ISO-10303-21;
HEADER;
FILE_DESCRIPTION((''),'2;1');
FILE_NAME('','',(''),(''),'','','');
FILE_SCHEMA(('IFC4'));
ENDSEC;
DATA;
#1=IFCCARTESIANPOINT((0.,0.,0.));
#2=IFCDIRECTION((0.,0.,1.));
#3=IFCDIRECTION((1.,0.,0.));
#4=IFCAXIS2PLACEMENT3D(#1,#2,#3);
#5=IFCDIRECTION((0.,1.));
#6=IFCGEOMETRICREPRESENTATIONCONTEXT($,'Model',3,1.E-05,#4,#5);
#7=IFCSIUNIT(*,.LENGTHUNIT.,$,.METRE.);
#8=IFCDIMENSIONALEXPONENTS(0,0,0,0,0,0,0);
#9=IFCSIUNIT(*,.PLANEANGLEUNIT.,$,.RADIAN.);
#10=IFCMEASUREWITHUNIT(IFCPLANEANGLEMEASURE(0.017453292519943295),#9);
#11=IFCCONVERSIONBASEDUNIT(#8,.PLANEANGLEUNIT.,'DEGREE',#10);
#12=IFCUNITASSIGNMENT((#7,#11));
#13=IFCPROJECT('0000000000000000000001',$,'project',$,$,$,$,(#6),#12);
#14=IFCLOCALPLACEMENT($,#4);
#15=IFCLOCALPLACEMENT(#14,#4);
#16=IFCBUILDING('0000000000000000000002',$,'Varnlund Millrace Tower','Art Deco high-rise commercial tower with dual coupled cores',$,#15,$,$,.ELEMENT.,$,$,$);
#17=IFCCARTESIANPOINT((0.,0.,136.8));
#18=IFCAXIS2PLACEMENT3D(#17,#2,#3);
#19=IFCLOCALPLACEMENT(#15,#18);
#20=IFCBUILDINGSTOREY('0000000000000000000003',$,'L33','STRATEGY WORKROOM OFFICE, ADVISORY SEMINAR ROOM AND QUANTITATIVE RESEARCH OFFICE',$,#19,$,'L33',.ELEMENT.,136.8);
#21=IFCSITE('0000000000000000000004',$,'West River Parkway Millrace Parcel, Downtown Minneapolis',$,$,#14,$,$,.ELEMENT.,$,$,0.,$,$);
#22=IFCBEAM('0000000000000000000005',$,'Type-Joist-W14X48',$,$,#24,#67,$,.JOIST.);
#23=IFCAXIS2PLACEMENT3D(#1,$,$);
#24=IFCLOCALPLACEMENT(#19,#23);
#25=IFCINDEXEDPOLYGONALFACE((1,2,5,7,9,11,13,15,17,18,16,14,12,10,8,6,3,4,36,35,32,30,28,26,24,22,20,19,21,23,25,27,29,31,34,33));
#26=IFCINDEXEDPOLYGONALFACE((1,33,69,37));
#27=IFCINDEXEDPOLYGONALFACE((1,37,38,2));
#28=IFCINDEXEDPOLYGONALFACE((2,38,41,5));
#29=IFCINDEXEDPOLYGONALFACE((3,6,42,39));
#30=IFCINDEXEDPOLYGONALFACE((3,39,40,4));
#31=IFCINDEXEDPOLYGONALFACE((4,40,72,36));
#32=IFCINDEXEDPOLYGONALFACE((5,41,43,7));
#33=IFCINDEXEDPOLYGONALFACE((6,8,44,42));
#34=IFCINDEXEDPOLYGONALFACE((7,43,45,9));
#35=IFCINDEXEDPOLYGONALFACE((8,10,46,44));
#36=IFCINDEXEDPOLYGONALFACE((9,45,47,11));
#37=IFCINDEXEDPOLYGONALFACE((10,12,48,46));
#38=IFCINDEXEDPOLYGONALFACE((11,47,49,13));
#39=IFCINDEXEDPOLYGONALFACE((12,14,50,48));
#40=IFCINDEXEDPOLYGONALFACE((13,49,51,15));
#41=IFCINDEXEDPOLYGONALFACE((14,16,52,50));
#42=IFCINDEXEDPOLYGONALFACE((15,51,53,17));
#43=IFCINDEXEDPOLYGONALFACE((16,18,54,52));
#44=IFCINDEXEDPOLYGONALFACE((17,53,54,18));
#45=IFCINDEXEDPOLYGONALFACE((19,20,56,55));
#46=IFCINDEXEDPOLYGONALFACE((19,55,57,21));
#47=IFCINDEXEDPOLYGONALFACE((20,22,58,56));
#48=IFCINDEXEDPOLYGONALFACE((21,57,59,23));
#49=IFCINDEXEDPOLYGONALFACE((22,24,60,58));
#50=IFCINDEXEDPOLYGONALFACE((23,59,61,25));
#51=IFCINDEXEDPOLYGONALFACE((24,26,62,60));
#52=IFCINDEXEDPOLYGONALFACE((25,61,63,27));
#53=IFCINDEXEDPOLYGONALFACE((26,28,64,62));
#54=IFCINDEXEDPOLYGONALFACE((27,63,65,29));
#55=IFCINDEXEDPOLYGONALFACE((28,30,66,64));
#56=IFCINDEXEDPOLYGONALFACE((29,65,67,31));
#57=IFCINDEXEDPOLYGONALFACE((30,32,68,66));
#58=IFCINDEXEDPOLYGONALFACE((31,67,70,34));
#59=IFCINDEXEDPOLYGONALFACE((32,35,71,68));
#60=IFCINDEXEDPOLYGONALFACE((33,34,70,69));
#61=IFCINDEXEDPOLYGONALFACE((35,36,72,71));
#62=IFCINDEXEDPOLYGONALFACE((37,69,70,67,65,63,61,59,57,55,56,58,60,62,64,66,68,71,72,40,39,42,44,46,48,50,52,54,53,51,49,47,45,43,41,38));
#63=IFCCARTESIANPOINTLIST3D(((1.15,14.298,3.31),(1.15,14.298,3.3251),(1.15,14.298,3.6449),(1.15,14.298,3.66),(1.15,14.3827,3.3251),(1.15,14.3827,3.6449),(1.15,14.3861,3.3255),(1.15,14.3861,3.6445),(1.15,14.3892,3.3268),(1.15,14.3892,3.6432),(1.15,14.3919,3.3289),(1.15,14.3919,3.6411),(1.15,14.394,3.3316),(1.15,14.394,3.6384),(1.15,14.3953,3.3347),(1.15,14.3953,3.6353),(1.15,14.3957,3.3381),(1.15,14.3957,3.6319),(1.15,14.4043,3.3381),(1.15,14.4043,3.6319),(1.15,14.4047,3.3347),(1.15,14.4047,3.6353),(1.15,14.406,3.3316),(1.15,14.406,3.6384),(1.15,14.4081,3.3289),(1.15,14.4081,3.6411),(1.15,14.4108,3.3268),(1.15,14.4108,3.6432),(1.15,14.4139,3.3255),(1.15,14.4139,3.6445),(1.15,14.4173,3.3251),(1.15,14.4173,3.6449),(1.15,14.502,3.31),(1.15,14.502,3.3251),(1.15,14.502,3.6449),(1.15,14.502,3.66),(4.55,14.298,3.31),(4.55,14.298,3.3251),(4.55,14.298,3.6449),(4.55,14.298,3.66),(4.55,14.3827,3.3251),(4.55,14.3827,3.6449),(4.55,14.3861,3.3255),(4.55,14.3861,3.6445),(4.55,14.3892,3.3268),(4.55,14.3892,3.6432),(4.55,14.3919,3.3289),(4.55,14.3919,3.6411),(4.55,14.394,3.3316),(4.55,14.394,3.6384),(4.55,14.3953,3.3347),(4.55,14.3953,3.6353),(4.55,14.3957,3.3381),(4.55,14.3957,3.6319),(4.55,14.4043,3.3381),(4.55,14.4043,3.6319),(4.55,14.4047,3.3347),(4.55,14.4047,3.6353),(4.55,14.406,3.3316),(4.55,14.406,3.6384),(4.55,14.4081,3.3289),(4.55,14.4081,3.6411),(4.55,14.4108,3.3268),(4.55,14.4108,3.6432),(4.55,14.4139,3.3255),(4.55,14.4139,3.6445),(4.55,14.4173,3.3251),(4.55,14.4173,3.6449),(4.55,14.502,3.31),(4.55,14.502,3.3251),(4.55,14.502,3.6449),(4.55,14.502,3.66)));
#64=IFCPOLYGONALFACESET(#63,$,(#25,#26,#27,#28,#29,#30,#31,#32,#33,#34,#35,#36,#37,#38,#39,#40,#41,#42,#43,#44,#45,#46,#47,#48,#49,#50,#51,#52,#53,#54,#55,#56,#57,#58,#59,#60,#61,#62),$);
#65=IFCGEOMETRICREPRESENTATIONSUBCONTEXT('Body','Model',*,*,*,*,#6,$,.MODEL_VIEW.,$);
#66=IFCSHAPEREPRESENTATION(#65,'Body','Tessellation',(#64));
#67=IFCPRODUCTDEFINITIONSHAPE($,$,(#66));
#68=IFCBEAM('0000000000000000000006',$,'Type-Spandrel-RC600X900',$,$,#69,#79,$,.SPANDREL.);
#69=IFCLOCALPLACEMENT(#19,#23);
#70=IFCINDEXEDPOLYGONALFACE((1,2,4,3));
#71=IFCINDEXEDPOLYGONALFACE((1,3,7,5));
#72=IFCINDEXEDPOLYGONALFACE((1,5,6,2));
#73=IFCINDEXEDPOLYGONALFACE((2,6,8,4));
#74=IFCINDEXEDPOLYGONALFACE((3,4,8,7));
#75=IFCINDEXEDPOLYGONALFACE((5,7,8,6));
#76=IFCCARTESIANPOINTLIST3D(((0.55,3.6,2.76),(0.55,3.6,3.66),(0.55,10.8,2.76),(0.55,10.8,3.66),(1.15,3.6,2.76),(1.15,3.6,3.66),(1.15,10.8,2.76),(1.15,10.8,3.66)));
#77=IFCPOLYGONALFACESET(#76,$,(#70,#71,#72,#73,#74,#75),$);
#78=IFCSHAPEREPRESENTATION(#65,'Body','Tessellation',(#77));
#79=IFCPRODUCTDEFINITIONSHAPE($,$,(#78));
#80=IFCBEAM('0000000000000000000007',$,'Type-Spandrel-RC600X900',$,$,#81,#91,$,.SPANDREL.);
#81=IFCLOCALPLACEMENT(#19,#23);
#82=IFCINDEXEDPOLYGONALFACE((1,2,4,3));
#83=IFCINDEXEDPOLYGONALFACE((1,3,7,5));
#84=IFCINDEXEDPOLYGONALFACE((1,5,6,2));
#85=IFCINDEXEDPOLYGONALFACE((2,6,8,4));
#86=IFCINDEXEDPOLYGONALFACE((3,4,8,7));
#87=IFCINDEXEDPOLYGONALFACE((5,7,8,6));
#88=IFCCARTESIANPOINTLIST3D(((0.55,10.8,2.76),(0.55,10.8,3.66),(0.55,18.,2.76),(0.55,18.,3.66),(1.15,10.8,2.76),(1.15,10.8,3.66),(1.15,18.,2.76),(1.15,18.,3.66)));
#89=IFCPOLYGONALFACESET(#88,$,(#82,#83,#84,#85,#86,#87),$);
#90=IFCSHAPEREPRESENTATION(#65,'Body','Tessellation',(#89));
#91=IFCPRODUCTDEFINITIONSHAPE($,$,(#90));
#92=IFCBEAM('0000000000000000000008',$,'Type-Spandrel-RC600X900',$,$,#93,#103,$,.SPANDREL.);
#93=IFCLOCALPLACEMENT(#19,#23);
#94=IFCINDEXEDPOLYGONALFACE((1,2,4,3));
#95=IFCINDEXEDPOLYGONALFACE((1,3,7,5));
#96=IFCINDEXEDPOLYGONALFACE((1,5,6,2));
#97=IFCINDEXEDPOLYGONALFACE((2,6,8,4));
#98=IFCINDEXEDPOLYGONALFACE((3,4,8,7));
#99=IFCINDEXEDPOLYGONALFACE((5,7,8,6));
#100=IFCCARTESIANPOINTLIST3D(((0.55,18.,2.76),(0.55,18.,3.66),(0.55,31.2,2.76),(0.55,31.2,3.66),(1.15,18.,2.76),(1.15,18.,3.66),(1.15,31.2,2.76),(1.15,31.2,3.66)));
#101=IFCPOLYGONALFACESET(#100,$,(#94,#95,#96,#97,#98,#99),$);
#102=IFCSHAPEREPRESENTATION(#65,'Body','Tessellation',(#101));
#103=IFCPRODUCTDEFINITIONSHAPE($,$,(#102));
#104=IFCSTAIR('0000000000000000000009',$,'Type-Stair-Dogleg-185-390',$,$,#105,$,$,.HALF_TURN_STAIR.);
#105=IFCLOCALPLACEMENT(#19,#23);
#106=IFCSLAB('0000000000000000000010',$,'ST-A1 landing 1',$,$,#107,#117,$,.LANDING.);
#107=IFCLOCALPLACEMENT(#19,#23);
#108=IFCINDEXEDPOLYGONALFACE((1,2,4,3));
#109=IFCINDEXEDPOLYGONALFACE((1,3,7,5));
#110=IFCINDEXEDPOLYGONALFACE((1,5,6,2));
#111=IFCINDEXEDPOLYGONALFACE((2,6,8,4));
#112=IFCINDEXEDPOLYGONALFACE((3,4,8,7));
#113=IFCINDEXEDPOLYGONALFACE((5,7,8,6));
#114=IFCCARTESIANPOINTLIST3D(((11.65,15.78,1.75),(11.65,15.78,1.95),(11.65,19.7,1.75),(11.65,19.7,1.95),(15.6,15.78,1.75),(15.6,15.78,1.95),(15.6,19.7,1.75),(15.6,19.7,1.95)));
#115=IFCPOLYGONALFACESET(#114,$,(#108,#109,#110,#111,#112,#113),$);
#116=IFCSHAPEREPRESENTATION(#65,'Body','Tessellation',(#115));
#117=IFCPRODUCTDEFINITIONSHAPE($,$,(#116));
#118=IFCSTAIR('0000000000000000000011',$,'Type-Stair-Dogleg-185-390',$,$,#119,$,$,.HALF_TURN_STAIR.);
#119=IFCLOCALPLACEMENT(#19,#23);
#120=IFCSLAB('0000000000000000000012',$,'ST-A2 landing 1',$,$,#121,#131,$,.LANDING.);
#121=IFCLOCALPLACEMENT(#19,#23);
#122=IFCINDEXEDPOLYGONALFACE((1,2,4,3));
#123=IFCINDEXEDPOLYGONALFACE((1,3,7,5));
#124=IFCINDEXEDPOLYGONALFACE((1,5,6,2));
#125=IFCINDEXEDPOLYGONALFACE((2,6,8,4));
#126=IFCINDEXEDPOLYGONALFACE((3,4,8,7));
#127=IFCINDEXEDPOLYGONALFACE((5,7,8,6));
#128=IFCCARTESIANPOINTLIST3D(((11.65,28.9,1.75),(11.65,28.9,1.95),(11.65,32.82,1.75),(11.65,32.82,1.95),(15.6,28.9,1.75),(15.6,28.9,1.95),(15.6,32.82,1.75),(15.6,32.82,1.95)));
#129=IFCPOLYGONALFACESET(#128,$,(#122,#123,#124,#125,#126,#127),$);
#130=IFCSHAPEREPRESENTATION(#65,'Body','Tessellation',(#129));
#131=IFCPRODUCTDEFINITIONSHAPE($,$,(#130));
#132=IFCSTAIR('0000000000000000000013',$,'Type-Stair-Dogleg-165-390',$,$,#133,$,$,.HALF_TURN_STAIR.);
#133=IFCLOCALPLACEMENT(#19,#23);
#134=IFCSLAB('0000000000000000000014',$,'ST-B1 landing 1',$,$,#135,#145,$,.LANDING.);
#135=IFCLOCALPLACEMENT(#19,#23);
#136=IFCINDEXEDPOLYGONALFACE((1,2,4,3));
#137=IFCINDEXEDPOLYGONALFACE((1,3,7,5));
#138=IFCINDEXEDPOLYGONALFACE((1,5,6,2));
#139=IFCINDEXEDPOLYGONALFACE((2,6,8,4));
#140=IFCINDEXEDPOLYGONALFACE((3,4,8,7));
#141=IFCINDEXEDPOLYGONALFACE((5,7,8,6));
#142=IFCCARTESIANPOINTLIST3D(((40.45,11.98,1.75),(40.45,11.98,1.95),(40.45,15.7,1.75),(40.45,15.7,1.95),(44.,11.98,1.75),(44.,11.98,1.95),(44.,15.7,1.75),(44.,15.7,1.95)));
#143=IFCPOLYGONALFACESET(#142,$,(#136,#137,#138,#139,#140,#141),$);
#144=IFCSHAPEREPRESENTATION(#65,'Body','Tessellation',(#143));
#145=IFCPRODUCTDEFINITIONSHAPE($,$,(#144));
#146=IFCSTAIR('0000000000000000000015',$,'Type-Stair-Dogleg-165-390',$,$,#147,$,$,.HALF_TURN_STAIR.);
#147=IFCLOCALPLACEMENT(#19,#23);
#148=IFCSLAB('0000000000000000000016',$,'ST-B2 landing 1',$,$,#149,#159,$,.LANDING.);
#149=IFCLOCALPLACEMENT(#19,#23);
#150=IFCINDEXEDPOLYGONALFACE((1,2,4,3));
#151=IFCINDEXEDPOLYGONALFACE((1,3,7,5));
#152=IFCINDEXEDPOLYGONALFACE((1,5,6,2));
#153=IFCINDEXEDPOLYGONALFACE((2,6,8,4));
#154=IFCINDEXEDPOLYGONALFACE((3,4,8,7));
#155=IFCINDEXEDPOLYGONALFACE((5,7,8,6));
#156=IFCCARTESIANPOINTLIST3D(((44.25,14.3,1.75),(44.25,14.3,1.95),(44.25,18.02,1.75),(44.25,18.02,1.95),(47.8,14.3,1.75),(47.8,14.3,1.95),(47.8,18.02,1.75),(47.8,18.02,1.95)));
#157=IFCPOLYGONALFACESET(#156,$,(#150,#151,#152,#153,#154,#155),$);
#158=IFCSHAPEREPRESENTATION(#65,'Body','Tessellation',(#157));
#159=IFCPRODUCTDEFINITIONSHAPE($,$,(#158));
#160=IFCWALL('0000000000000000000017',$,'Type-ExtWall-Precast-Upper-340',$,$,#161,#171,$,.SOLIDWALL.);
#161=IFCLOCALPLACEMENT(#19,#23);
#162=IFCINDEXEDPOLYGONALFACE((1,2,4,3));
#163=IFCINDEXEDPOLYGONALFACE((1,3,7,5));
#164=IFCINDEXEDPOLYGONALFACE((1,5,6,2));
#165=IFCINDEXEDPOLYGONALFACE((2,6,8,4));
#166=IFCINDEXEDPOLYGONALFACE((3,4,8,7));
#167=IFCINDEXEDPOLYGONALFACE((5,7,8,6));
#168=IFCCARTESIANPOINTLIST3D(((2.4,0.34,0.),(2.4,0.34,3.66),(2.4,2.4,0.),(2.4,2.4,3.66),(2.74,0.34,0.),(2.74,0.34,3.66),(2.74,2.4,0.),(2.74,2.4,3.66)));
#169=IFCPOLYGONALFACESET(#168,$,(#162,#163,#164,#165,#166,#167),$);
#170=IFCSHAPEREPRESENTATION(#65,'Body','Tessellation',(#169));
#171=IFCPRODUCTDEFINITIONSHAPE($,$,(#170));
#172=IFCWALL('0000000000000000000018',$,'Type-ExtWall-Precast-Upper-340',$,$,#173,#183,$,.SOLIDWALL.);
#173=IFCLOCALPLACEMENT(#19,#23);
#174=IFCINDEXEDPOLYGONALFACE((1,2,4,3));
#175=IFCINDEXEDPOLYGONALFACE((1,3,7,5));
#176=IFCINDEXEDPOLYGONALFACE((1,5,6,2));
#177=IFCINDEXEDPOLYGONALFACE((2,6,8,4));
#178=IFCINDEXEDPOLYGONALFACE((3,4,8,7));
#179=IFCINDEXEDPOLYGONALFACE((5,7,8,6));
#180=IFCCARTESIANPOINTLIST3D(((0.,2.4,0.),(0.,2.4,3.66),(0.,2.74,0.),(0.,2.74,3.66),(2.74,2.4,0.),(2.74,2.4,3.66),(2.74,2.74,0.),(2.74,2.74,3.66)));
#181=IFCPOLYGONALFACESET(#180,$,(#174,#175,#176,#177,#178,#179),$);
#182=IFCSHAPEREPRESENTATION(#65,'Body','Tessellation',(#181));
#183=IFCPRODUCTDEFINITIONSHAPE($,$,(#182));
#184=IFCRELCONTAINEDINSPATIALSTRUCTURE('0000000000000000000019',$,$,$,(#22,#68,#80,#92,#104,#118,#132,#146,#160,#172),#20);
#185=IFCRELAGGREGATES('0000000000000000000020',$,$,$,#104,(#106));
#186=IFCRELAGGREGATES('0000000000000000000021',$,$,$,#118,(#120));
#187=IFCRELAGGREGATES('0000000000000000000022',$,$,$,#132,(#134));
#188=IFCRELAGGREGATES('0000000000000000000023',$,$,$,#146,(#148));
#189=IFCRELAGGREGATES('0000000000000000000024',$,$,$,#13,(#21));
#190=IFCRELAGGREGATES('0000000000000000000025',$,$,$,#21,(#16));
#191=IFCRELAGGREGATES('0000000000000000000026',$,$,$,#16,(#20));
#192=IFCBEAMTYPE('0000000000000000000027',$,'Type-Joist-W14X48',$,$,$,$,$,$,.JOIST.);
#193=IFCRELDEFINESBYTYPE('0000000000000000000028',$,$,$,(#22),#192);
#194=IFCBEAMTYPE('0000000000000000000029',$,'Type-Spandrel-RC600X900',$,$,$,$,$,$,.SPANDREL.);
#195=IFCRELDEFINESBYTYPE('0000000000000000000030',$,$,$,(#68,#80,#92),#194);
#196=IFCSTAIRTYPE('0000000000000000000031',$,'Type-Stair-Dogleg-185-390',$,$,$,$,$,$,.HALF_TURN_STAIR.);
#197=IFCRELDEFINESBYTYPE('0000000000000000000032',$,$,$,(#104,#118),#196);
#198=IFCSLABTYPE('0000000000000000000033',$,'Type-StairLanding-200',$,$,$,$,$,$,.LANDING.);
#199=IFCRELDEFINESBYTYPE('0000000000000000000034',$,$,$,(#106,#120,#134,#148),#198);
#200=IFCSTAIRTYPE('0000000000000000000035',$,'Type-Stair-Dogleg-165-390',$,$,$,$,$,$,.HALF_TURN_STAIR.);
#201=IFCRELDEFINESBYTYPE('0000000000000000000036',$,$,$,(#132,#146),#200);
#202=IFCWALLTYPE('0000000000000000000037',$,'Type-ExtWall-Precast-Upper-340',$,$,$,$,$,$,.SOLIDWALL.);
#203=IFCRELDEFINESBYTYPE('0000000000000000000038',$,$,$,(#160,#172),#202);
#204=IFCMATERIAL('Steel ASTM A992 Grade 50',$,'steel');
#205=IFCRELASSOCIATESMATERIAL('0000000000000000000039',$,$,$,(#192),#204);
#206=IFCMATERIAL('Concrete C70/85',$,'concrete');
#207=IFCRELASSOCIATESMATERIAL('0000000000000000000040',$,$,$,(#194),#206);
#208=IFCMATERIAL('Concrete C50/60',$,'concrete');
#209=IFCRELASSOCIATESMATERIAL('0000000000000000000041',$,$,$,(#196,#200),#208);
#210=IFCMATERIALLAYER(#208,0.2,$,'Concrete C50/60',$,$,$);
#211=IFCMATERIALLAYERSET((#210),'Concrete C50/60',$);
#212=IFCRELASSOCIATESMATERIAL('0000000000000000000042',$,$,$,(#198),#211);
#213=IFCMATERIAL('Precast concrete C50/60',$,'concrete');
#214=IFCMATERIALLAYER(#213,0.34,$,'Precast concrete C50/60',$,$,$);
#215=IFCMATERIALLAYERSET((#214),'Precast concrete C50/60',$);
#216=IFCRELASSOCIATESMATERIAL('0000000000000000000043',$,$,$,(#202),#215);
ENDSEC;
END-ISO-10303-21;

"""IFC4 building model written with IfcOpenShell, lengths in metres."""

from ifc_helpers import new_model, entity, si_unit, converted_unit, direction, frame, origin_with_axes, origin_2d_with_axis, place, context, subcontext, project, spatial, polyline, rectangle, i_section, outline, extrude, material, layer, layer_set, material_profile, profile_set, type_object, element, aggregate, save


model = new_model("IFC4")

# Units and contexts
model_context = context("Model", 3, precision=1e-05, world=origin_with_axes(), true_north=direction((0.0, 1.0)))
body_context = subcontext(model_context, "Body", "Model", "MODEL_VIEW")
ifc_project = project(units=[si_unit("LENGTHUNIT", "METRE"), converted_unit("PLANEANGLEUNIT", "DEGREE", entity("IfcPlaneAngleMeasure", 0.017453292519943295), si_unit("PLANEANGLEUNIT", "RADIAN"), dimensions=[0, 0, 0, 0, 0, 0, 0])], contexts=[model_context])

# Site, building, storey
site_placement = place(None, origin_with_axes())
site = spatial("IfcSite", under=ifc_project, at=site_placement, Name="West River Parkway Millrace Parcel, Downtown Minneapolis", CompositionType="ELEMENT", RefElevation=0.0)
building_placement = place(site_placement, origin_with_axes())
building = spatial("IfcBuilding", under=site, at=building_placement, Name="Varnlund Millrace Tower", Description="Art Deco high-rise commercial tower with dual coupled cores", CompositionType="ELEMENT")
storey_placement = place(building_placement, frame((0.0, 0.0, 136.8), z_axis=(0.0, 0.0, 1.0), x_axis=(1.0, 0.0, 0.0)))
storey = spatial("IfcBuildingStorey", under=building, at=storey_placement, Name="L33", Description="STRATEGY WORKROOM OFFICE, ADVISORY SEMINAR ROOM AND QUANTITATIVE RESEARCH OFFICE", LongName="L33", CompositionType="ELEMENT", Elevation=136.8)

# Beams
ifc_material_1 = material(Name="Steel ASTM A992 Grade 50", Category="steel")
ifc_material_profile_1 = material_profile(ifc_material_1, i_section(OverallWidth=0.204, OverallDepth=0.35, WebThickness=0.0086, FlangeThickness=0.0151, FilletRadius=0.013, at=origin_2d_with_axis()), Name="Steel ASTM A992 Grade 50")
ifc_profile_set_1 = profile_set([ifc_material_profile_1], Name="Steel ASTM A992 Grade 50")
beam_type_1 = type_object("IfcBeamType", Name="Type-Joist-W14X48", PredefinedType="JOIST", material=ifc_profile_set_1)
for number, where, z_axis, x_axis, name in (
    (1, (1.15, 14.4, 3.485), (1.0, 0.0, 0.0), (0.0, 1.0, 0.0), "Type-Joist-W14X48"),
):
    element("IfcBeam", number, at=place(storey_placement, frame(where, z_axis=z_axis, x_axis=x_axis)), inside=storey, type_object=beam_type_1, Name=name, PredefinedType="JOIST", context=body_context, shape_type="SweptSolid", body=[
        extrude(i_section(OverallWidth=0.204, OverallDepth=0.35, WebThickness=0.0086, FlangeThickness=0.0151, FilletRadius=0.013, at=origin_2d_with_axis()), origin_with_axes(), (0.0, 0.0, 1.0), 3.4),
    ])
ifc_material_2 = material(Name="Concrete C70/85", Category="concrete")
ifc_material_profile_2 = material_profile(ifc_material_2, rectangle(XDim=0.6, YDim=0.9, at=origin_2d_with_axis()), Name="Concrete C70/85")
ifc_profile_set_2 = profile_set([ifc_material_profile_2], Name="Concrete C70/85")
beam_type_2 = type_object("IfcBeamType", Name="Type-Spandrel-RC600X900", PredefinedType="SPANDREL", material=ifc_profile_set_2)
for number, where, z_axis, x_axis, name in (
    (2, (0.85, 3.6, 3.21), (0.0, 1.0, 0.0), (-1.0, 0.0, 0.0), "Type-Spandrel-RC600X900"),
    (3, (0.85, 10.8, 3.21), (0.0, 1.0, 0.0), (-1.0, 0.0, 0.0), "Type-Spandrel-RC600X900"),
):
    element("IfcBeam", number, at=place(storey_placement, frame(where, z_axis=z_axis, x_axis=x_axis)), inside=storey, type_object=beam_type_2, Name=name, PredefinedType="SPANDREL", context=body_context, shape_type="SweptSolid", body=[
        extrude(rectangle(XDim=0.6, YDim=0.9, at=origin_2d_with_axis()), origin_with_axes(), (0.0, 0.0, 1.0), 7.2),
    ])
beam_1_placement = place(storey_placement, frame((0.85, 18.0, 3.21), z_axis=(0.0, 1.0, 0.0), x_axis=(-1.0, 0.0, 0.0)))
element("IfcBeam", 4, at=beam_1_placement, inside=storey, type_object=beam_type_2, Name="Type-Spandrel-RC600X900", PredefinedType="SPANDREL", context=body_context, shape_type="SweptSolid", body=[
    extrude(rectangle(XDim=0.6, YDim=0.9, at=origin_2d_with_axis()), origin_with_axes(), (0.0, 0.0, 1.0), 13.2),
])

# Stairs, slabs
ifc_material_3 = material(Name="Concrete C50/60", Category="concrete")
stair_type_1 = type_object("IfcStairType", Name="Type-Stair-Dogleg-185-390", PredefinedType="HALF_TURN_STAIR", material=ifc_material_3)
stair_1_placement = place(storey_placement, origin_with_axes())
stair_1 = element("IfcStair", 5, at=stair_1_placement, inside=storey, type_object=stair_type_1, Name="Type-Stair-Dogleg-185-390", PredefinedType="HALF_TURN_STAIR")
ifc_layer_1 = layer(ifc_material_3, 0.2, Name="Concrete C50/60")
ifc_layer_set_1 = layer_set([ifc_layer_1], Name="Concrete C50/60")
slab_type = type_object("IfcSlabType", Name="Type-StairLanding-200", PredefinedType="LANDING", material=ifc_layer_set_1)
slab_1_placement = place(storey_placement, frame((0.0, 0.0, 1.75), z_axis=(0.0, 0.0, 1.0), x_axis=(1.0, 0.0, 0.0)))
slab_1 = element("IfcSlab", 6, at=slab_1_placement, type_object=slab_type, Name="ST-A1 landing 1", PredefinedType="LANDING", context=body_context, shape_type="SweptSolid", body=[
    extrude(outline(polyline([(15.6, 15.78), (15.6, 19.7), (11.65, 19.7), (11.65, 15.78), (15.6, 15.78)])), origin_with_axes(), (0.0, 0.0, 1.0), 0.2),
])
aggregate(stair_1, [slab_1])
stair_2_placement = place(storey_placement, origin_with_axes())
stair_2 = element("IfcStair", 7, at=stair_2_placement, inside=storey, type_object=stair_type_1, Name="Type-Stair-Dogleg-185-390", PredefinedType="HALF_TURN_STAIR")
slab_2_placement = place(storey_placement, frame((0.0, 0.0, 1.75), z_axis=(0.0, 0.0, 1.0), x_axis=(1.0, 0.0, 0.0)))
slab_2 = element("IfcSlab", 8, at=slab_2_placement, type_object=slab_type, Name="ST-A2 landing 1", PredefinedType="LANDING", context=body_context, shape_type="SweptSolid", body=[
    extrude(outline(polyline([(11.65, 32.82), (11.65, 28.9), (15.6, 28.9), (15.6, 32.82), (11.65, 32.82)])), origin_with_axes(), (0.0, 0.0, 1.0), 0.2),
])
aggregate(stair_2, [slab_2])
stair_type_2 = type_object("IfcStairType", Name="Type-Stair-Dogleg-165-390", PredefinedType="HALF_TURN_STAIR", material=ifc_material_3)
stair_3_placement = place(storey_placement, origin_with_axes())
stair_3 = element("IfcStair", 9, at=stair_3_placement, inside=storey, type_object=stair_type_2, Name="Type-Stair-Dogleg-165-390", PredefinedType="HALF_TURN_STAIR")
slab_3_placement = place(storey_placement, frame((0.0, 0.0, 1.75), z_axis=(0.0, 0.0, 1.0), x_axis=(1.0, 0.0, 0.0)))
slab_3 = element("IfcSlab", 10, at=slab_3_placement, type_object=slab_type, Name="ST-B1 landing 1", PredefinedType="LANDING", context=body_context, shape_type="SweptSolid", body=[
    extrude(outline(polyline([(44.0, 11.98), (44.0, 15.7), (40.45, 15.7), (40.45, 11.98), (44.0, 11.98)])), origin_with_axes(), (0.0, 0.0, 1.0), 0.2),
])
aggregate(stair_3, [slab_3])
stair_4_placement = place(storey_placement, origin_with_axes())
stair_4 = element("IfcStair", 11, at=stair_4_placement, inside=storey, type_object=stair_type_2, Name="Type-Stair-Dogleg-165-390", PredefinedType="HALF_TURN_STAIR")
slab_4_placement = place(storey_placement, frame((0.0, 0.0, 1.75), z_axis=(0.0, 0.0, 1.0), x_axis=(1.0, 0.0, 0.0)))
slab_4 = element("IfcSlab", 12, at=slab_4_placement, type_object=slab_type, Name="ST-B2 landing 1", PredefinedType="LANDING", context=body_context, shape_type="SweptSolid", body=[
    extrude(outline(polyline([(44.25, 18.02), (44.25, 14.3), (47.8, 14.3), (47.8, 18.02), (44.25, 18.02)])), origin_with_axes(), (0.0, 0.0, 1.0), 0.2),
])
aggregate(stair_4, [slab_4])

# Walls
ifc_material_4 = material(Name="Precast concrete C50/60", Category="concrete")
ifc_layer_2 = layer(ifc_material_4, 0.34, Name="Precast concrete C50/60")
ifc_layer_set_2 = layer_set([ifc_layer_2], Name="Precast concrete C50/60")
wall_type = type_object("IfcWallType", Name="Type-ExtWall-Precast-Upper-340", PredefinedType="SOLIDWALL", material=ifc_layer_set_2)
wall_1_placement = place(storey_placement, frame((2.57, 0.34, 0.0), z_axis=(0.0, 0.0, 1.0), x_axis=(0.0, 1.0, 0.0)))
element("IfcWall", 13, at=wall_1_placement, inside=storey, type_object=wall_type, Name="Type-ExtWall-Precast-Upper-340", PredefinedType="SOLIDWALL", context=body_context, shape_type="SweptSolid", body=[
    extrude(outline(polyline([(0.0, -0.17), (2.06, -0.17), (2.06, 0.17), (0.0, 0.17), (0.0, -0.17)])), origin_with_axes(), (0.0, 0.0, 1.0), 3.66),
])
wall_2_placement = place(storey_placement, frame((2.74, 2.57, 0.0), z_axis=(0.0, 0.0, 1.0), x_axis=(-1.0, 0.0, 0.0)))
element("IfcWall", 14, at=wall_2_placement, inside=storey, type_object=wall_type, Name="Type-ExtWall-Precast-Upper-340", PredefinedType="SOLIDWALL", context=body_context, shape_type="SweptSolid", body=[
    extrude(outline(polyline([(0.0, -0.17), (2.74, -0.17), (2.74, 0.17), (0.0, 0.17), (0.0, -0.17)])), origin_with_axes(), (0.0, 0.0, 1.0), 3.66),
])

save(model, "model.ifc")
